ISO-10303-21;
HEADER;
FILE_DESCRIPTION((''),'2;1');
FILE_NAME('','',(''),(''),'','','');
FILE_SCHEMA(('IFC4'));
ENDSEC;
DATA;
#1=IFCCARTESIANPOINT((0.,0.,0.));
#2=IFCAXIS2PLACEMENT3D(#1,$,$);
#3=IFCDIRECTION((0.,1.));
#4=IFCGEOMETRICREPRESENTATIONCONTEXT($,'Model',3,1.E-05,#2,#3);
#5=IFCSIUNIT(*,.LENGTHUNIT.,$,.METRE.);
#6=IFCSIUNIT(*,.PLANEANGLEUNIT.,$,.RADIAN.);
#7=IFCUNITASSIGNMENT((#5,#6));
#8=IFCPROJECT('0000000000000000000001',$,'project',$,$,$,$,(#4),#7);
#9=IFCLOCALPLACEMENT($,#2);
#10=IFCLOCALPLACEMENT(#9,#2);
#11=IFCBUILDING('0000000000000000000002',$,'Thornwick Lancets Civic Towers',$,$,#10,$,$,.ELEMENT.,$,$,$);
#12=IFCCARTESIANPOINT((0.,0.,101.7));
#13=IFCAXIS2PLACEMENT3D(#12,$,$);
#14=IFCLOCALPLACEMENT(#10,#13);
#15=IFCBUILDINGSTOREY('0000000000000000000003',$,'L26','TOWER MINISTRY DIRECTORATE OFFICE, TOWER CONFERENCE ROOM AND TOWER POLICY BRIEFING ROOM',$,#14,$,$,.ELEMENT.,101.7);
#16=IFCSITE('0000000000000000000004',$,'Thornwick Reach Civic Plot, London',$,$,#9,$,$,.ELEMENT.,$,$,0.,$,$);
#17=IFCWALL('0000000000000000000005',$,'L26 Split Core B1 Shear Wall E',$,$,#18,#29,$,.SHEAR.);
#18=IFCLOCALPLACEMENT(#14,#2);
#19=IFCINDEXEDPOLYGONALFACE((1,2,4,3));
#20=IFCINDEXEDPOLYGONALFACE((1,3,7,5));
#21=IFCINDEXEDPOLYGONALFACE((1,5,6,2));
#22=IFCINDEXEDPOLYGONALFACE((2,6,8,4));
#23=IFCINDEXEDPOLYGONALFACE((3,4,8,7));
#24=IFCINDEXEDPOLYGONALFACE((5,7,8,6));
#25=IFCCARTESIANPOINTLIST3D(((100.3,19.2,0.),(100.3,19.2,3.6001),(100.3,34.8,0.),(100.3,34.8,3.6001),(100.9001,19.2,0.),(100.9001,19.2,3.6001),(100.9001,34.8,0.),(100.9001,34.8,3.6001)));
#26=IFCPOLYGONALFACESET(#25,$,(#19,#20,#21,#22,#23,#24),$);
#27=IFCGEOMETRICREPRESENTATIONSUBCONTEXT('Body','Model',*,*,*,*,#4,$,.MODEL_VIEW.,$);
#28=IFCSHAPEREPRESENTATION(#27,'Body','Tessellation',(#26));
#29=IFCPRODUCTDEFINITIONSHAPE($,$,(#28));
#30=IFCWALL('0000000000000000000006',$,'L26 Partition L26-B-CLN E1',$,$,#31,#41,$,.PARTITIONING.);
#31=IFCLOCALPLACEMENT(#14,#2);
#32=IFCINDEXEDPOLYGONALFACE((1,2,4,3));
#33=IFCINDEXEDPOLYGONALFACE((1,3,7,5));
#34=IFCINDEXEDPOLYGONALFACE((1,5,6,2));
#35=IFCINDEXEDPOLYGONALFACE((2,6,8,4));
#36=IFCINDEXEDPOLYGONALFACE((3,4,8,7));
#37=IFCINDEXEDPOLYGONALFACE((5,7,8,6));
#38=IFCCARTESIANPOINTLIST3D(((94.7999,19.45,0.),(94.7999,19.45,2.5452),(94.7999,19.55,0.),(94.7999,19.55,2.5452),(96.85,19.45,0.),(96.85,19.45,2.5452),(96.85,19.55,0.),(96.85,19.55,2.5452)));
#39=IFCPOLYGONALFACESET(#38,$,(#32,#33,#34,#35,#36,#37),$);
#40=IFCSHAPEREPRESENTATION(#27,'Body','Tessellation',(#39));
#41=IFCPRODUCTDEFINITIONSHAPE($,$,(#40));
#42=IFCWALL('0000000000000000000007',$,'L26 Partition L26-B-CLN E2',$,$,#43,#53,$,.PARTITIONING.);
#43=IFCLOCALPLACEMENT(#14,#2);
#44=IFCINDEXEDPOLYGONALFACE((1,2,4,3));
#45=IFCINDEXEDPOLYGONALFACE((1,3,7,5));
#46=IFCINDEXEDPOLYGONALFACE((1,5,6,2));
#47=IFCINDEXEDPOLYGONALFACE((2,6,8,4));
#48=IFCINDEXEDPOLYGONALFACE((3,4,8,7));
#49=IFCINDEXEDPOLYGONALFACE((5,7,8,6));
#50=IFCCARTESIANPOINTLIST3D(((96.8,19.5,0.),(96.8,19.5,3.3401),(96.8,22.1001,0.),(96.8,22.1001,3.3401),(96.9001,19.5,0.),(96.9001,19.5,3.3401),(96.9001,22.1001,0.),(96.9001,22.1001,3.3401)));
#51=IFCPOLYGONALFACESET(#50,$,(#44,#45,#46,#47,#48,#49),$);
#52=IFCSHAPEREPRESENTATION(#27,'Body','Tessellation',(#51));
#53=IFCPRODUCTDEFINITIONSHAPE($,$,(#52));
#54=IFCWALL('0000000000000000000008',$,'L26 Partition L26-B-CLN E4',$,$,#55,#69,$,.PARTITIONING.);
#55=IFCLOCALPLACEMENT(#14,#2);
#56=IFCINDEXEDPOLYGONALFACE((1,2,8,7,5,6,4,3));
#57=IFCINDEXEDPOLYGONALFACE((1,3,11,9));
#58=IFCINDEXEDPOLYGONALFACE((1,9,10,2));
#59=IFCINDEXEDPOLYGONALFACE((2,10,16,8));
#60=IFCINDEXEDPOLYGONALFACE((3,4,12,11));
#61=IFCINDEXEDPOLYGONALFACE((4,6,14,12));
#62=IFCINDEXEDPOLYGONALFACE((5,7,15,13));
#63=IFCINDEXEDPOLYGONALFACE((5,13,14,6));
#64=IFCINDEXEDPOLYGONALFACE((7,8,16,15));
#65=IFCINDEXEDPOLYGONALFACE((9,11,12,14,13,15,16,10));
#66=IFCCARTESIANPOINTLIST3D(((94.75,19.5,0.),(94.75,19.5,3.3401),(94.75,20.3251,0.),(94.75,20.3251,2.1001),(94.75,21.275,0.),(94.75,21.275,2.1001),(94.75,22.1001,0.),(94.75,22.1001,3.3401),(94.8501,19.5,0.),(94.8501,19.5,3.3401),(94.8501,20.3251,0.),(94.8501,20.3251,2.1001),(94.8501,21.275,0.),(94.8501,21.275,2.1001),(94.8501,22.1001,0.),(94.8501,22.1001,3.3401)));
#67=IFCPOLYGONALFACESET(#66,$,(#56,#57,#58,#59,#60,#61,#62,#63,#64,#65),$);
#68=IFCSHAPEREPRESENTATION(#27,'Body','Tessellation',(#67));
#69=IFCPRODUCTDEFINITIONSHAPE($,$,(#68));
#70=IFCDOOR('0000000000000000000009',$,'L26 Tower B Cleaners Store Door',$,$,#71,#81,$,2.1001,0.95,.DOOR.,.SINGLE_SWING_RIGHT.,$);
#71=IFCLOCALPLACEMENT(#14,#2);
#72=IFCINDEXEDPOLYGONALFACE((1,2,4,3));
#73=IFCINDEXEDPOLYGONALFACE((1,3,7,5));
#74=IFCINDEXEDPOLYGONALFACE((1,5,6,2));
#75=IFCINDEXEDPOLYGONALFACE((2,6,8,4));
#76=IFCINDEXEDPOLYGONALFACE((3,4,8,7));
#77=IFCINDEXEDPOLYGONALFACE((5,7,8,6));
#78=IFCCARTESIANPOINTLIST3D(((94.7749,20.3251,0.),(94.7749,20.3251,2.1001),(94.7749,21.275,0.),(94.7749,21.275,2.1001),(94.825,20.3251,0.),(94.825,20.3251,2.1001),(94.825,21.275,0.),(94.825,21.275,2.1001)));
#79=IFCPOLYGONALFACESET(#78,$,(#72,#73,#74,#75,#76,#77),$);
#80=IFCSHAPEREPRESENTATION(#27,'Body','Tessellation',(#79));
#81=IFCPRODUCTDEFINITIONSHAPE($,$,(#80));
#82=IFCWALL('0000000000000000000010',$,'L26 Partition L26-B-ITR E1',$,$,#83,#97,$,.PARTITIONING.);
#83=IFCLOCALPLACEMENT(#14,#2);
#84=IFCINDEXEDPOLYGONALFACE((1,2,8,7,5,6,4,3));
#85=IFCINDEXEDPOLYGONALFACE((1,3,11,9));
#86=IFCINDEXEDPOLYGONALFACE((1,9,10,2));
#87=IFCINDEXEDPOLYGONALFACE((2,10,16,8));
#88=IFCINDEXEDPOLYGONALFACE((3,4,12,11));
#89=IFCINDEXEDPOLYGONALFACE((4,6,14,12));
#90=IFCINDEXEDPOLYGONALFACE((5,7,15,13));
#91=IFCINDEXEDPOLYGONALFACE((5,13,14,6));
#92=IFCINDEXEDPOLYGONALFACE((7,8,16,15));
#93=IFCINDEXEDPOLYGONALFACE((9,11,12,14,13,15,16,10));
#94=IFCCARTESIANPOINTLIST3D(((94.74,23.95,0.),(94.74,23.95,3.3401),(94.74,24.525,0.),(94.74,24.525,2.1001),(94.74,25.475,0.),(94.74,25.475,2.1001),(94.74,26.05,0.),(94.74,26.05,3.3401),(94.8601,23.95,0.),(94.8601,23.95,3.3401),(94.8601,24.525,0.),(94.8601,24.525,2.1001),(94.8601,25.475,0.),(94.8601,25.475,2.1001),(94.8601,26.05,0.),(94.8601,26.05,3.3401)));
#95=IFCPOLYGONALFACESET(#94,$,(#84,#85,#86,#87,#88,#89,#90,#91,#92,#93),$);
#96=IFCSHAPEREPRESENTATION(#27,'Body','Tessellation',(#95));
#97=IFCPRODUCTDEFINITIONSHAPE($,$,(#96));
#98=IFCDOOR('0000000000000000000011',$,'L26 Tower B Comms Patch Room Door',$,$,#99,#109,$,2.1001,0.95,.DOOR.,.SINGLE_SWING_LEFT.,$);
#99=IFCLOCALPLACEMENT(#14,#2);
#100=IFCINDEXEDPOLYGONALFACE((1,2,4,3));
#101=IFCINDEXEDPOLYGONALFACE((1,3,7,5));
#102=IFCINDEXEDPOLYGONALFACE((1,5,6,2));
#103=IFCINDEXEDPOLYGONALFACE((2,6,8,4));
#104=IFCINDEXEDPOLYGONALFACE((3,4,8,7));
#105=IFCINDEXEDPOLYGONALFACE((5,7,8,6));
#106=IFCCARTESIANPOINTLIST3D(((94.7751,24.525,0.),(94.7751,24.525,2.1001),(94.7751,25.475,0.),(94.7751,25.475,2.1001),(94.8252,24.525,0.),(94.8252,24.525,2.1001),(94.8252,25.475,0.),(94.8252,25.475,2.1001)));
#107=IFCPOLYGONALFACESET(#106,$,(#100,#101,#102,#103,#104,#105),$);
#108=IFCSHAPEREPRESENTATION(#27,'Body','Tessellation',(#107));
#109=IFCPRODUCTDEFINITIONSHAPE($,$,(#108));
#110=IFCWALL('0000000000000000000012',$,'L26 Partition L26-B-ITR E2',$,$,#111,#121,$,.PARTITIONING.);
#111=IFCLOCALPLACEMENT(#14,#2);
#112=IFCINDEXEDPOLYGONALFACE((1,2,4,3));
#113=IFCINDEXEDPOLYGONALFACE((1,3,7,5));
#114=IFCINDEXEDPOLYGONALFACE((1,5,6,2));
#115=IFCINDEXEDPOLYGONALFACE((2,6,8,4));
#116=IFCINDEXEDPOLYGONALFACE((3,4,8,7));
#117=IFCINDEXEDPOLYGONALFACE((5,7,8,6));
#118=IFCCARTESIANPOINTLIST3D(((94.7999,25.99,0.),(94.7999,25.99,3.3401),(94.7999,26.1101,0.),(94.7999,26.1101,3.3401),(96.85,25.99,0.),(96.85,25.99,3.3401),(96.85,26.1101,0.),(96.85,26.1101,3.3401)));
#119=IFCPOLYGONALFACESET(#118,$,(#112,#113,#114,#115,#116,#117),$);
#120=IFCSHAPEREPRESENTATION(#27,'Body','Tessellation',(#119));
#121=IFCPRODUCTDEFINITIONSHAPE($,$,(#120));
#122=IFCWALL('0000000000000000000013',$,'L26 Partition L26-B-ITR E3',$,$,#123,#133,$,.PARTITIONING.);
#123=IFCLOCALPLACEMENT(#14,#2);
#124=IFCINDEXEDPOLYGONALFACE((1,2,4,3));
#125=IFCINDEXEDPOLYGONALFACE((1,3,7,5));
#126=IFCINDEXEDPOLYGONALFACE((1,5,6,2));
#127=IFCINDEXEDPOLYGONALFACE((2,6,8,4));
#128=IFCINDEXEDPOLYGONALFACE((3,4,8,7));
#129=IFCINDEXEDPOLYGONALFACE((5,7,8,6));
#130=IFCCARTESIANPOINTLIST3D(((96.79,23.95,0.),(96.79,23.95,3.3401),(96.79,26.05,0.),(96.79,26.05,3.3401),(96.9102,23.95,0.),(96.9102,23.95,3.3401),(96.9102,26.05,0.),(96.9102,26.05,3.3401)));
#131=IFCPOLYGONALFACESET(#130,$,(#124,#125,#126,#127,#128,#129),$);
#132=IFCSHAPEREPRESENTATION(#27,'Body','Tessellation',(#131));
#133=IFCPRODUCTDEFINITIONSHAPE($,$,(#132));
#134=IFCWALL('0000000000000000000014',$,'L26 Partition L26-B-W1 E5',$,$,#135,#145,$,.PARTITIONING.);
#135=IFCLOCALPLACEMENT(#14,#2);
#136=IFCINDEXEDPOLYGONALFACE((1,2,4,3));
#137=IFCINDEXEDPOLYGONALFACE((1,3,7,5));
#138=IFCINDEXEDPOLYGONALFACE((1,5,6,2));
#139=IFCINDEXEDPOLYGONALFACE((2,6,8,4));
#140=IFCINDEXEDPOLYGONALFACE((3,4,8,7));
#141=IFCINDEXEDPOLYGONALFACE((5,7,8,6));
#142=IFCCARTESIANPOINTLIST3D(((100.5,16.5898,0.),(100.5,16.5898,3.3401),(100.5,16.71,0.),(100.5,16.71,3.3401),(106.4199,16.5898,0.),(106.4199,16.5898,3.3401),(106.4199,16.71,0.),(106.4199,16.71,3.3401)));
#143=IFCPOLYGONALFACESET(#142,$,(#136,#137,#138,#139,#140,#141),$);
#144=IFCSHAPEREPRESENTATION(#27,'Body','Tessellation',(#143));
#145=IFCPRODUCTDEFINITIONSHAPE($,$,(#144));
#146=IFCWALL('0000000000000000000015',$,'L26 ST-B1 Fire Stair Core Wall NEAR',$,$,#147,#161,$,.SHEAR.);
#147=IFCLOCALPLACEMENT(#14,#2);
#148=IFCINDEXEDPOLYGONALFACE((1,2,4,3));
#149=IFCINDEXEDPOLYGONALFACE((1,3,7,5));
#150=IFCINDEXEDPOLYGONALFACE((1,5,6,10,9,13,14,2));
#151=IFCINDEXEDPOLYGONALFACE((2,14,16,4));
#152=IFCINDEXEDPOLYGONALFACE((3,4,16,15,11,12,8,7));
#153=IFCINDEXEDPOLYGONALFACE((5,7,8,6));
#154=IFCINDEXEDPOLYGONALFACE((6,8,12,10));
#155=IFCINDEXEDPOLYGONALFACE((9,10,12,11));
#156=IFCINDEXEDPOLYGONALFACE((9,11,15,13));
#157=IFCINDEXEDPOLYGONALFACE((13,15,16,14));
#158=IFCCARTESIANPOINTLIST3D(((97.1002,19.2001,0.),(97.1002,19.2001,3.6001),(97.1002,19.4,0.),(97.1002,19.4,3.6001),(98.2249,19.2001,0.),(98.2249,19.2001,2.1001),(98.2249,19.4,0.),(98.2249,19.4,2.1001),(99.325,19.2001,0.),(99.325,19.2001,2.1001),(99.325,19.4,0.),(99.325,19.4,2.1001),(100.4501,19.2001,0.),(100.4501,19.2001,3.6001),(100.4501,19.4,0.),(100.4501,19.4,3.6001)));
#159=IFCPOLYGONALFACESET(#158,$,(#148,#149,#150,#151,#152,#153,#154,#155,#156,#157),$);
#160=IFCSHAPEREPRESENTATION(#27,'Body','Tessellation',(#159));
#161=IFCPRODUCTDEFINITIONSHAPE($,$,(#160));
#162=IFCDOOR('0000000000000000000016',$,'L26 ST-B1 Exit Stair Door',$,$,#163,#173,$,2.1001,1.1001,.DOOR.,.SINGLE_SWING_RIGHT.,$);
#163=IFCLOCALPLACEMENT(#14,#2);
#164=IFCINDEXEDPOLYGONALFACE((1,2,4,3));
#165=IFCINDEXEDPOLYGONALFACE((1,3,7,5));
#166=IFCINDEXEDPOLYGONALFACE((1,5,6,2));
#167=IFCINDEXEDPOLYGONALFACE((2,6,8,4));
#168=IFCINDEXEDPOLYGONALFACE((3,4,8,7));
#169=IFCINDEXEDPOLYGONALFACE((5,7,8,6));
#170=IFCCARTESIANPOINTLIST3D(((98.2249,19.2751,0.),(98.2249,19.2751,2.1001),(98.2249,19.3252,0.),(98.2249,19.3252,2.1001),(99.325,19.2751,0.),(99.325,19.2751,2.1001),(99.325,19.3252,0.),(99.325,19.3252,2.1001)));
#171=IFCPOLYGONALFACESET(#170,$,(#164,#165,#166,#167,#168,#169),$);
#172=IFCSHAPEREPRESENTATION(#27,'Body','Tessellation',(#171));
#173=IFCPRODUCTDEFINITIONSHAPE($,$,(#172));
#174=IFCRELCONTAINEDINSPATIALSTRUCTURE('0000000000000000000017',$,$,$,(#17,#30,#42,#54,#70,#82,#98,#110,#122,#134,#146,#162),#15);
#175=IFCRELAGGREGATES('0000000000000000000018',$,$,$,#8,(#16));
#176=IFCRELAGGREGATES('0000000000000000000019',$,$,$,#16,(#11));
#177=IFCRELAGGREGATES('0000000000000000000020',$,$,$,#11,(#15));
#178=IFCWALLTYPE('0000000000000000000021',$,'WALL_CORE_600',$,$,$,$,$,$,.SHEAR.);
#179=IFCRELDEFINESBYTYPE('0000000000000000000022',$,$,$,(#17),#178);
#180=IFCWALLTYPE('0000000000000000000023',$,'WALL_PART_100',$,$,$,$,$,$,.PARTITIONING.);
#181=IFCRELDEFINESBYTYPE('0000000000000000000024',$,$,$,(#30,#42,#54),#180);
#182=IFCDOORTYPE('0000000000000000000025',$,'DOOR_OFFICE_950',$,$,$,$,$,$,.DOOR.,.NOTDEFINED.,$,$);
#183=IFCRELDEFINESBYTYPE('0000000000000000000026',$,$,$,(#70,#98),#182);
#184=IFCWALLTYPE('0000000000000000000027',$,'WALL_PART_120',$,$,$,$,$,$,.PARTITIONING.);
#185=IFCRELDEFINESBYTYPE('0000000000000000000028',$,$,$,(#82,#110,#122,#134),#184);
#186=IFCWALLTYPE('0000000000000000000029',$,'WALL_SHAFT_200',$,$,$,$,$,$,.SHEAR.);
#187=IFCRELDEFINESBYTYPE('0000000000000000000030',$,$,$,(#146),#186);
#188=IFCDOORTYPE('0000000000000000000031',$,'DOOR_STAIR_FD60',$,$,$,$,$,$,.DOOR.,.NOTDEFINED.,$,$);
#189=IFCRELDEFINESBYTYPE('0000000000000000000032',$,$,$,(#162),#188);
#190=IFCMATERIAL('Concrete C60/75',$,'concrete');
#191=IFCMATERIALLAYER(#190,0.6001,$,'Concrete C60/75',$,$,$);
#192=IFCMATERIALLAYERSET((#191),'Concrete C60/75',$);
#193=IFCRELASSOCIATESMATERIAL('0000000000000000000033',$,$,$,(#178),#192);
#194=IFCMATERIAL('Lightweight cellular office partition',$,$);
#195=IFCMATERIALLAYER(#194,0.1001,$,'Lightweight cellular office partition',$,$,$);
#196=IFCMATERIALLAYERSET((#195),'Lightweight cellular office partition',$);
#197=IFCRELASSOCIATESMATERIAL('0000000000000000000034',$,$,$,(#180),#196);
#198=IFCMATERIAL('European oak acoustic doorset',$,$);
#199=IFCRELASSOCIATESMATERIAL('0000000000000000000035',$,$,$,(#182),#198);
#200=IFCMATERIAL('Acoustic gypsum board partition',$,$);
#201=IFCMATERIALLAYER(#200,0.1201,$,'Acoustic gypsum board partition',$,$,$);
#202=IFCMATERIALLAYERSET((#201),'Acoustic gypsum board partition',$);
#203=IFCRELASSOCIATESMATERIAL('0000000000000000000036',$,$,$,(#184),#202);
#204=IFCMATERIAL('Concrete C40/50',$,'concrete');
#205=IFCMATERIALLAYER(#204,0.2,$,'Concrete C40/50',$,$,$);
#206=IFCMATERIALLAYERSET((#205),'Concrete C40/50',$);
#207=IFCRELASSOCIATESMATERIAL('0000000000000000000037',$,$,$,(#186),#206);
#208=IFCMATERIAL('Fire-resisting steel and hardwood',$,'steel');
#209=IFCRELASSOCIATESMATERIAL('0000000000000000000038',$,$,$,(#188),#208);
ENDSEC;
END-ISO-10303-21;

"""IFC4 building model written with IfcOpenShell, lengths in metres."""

from ifc_helpers import new_model, si_unit, direction, frame, frame_2d, origin, place, context, subcontext, project, spatial, rectangle, extrude, material, layer, layer_set, type_object, element, fill, save


model = new_model("IFC4")

# Units and contexts
model_context = context("Model", 3, precision=1e-05, world=origin(), true_north=direction((0.0, 1.0)))
body_context = subcontext(model_context, "Body", "Model", "MODEL_VIEW")
ifc_project = project(units=[si_unit("LENGTHUNIT", "METRE"), si_unit("PLANEANGLEUNIT", "RADIAN")], contexts=[model_context])

# Site, building, storey
site_placement = place(None, origin())
site = spatial("IfcSite", under=ifc_project, at=site_placement, Name="Thornwick Reach Civic Plot, London", CompositionType="ELEMENT", RefElevation=0.0)
building_placement = place(site_placement, origin())
building = spatial("IfcBuilding", under=site, at=building_placement, Name="Thornwick Lancets Civic Towers", CompositionType="ELEMENT")
storey_placement = place(building_placement, frame((0.0, 0.0, 101.7)))
storey = spatial("IfcBuildingStorey", under=building, at=storey_placement, Name="L26", Description="TOWER MINISTRY DIRECTORATE OFFICE, TOWER CONFERENCE ROOM AND TOWER POLICY BRIEFING ROOM", CompositionType="ELEMENT", Elevation=101.7)

# Shared definitions
ifc_material_1 = material(Name="Concrete C60/75", Category="concrete")

# Shared definitions
ifc_material_2 = material(Name="Concrete C40/50", Category="concrete")

# Walls
ifc_layer_1 = layer(ifc_material_1, 0.6001, Name="Concrete C60/75")
ifc_layer_set_1 = layer_set([ifc_layer_1], Name="Concrete C60/75")
wall_type_1 = type_object("IfcWallType", Name="WALL_CORE_600", PredefinedType="SHEAR", material=ifc_layer_set_1)
wall_1_placement = place(storey_placement, frame((100.6001, 19.2, 0.0), z_axis=(0.0, 0.0, 1.0), x_axis=(0.0, 1.0, 0.0)))
element("IfcWall", 1, at=wall_1_placement, inside=storey, type_object=wall_type_1, Name="L26 Split Core B1 Shear Wall E", PredefinedType="SHEAR", context=body_context, shape_type="SweptSolid", body=[
    extrude(rectangle(XDim=15.6001, YDim=0.6001, at=frame_2d((7.8, 0.0))), origin(), (0.0, 0.0, 1.0), 3.6001),
])
ifc_material_3 = material(Name="Lightweight cellular office partition")
ifc_layer_2 = layer(ifc_material_3, 0.1001, Name="Lightweight cellular office partition")
ifc_layer_set_2 = layer_set([ifc_layer_2], Name="Lightweight cellular office partition")
wall_type_2 = type_object("IfcWallType", Name="WALL_PART_100", PredefinedType="PARTITIONING", material=ifc_layer_set_2)
wall_2_placement = place(storey_placement, frame((94.8, 19.5, 0.0), z_axis=(0.0, 0.0, 1.0), x_axis=(1.0, 0.0, 0.0)))
element("IfcWall", 2, at=wall_2_placement, inside=storey, type_object=wall_type_2, Name="L26 Partition L26-B-CLN E1", PredefinedType="PARTITIONING", context=body_context, shape_type="SweptSolid", body=[
    extrude(rectangle(XDim=2.05, YDim=0.1001, at=frame_2d((1.0249, 0.0))), origin(), (0.0, 0.0, 1.0), 2.5452),
])
wall_3_placement = place(storey_placement, frame((96.8501, 19.5, 0.0), z_axis=(0.0, 0.0, 1.0), x_axis=(0.0, 1.0, 0.0)))
element("IfcWall", 3, at=wall_3_placement, inside=storey, type_object=wall_type_2, Name="L26 Partition L26-B-CLN E2", PredefinedType="PARTITIONING", context=body_context, shape_type="SweptSolid", body=[
    extrude(rectangle(XDim=2.6001, YDim=0.1001, at=frame_2d((1.3, 0.0))), origin(), (0.0, 0.0, 1.0), 3.3401),
])

# Walls, openings, doors
wall_4_placement = place(storey_placement, frame((94.8, 22.1001, 0.0), z_axis=(0.0, 0.0, 1.0), x_axis=(0.0, -1.0, 0.0)))
wall_4 = element("IfcWall", 4, at=wall_4_placement, inside=storey, type_object=wall_type_2, Name="L26 Partition L26-B-CLN E4", PredefinedType="PARTITIONING", context=body_context, shape_type="SweptSolid", body=[
    extrude(rectangle(XDim=2.6001, YDim=0.1001, at=frame_2d((1.3, 0.0))), origin(), (0.0, 0.0, 1.0), 3.3401),
])
opening_1_placement = place(wall_4_placement, frame((0.825, 0.0, 0.0)))
opening_1 = element("IfcOpeningElement", 5, at=opening_1_placement, cuts=wall_4, PredefinedType="OPENING", context=body_context, shape_type="SweptSolid", body=[
    extrude(rectangle(XDim=0.95, YDim=2.1001, at=frame_2d((0.4751, 1.05))), frame((0.0, 0.0601, 0.0), z_axis=(0.0, -1.0, 0.0), x_axis=(1.0, 0.0, 0.0)), (0.0, 0.0, 1.0), 0.1201),
])
ifc_material_4 = material(Name="European oak acoustic doorset")
door_type_1 = type_object("IfcDoorType", Name="DOOR_OFFICE_950", OperationType="NOTDEFINED", PredefinedType="DOOR", material=ifc_material_4)
door_1_placement = place(opening_1_placement, origin())
door_1 = element("IfcDoor", 6, at=door_1_placement, inside=storey, type_object=door_type_1, Name="L26 Tower B Cleaners Store Door", OperationType="SINGLE_SWING_RIGHT", OverallHeight=2.1001, OverallWidth=0.95, PredefinedType="DOOR", context=body_context, shape_type="SweptSolid", body=[
    extrude(rectangle(XDim=0.95, YDim=2.1001, at=frame_2d((0.4751, 1.05))), frame((0.0, 0.0249, 0.0), z_axis=(0.0, -1.0, 0.0), x_axis=(1.0, 0.0, 0.0)), (0.0, 0.0, 1.0), 0.05),
])
fill(opening_1, door_1)
ifc_material_5 = material(Name="Acoustic gypsum board partition")
ifc_layer_3 = layer(ifc_material_5, 0.1201, Name="Acoustic gypsum board partition")
ifc_layer_set_3 = layer_set([ifc_layer_3], Name="Acoustic gypsum board partition")
wall_type_3 = type_object("IfcWallType", Name="WALL_PART_120", PredefinedType="PARTITIONING", material=ifc_layer_set_3)
wall_5_placement = place(storey_placement, frame((94.8, 23.95, 0.0), z_axis=(0.0, 0.0, 1.0), x_axis=(0.0, 1.0, 0.0)))
wall_5 = element("IfcWall", 7, at=wall_5_placement, inside=storey, type_object=wall_type_3, Name="L26 Partition L26-B-ITR E1", PredefinedType="PARTITIONING", context=body_context, shape_type="SweptSolid", body=[
    extrude(rectangle(XDim=2.1001, YDim=0.1201, at=frame_2d((1.05, 0.0))), origin(), (0.0, 0.0, 1.0), 3.3401),
])
opening_2_placement = place(wall_5_placement, frame((0.575, 0.0, 0.0)))
opening_2 = element("IfcOpeningElement", 8, at=opening_2_placement, cuts=wall_5, PredefinedType="OPENING", context=body_context, shape_type="SweptSolid", body=[
    extrude(rectangle(XDim=0.95, YDim=2.1001, at=frame_2d((0.4751, 1.05))), frame((0.0, 0.0701, 0.0), z_axis=(0.0, -1.0, 0.0), x_axis=(1.0, 0.0, 0.0)), (0.0, 0.0, 1.0), 0.1401),
])
door_2_placement = place(opening_2_placement, origin())
door_2 = element("IfcDoor", 9, at=door_2_placement, inside=storey, type_object=door_type_1, Name="L26 Tower B Comms Patch Room Door", OperationType="SINGLE_SWING_LEFT", OverallHeight=2.1001, OverallWidth=0.95, PredefinedType="DOOR", context=body_context, shape_type="SweptSolid", body=[
    extrude(rectangle(XDim=0.95, YDim=2.1001, at=frame_2d((0.4751, 1.05))), frame((0.0, 0.0249, 0.0), z_axis=(0.0, -1.0, 0.0), x_axis=(1.0, 0.0, 0.0)), (0.0, 0.0, 1.0), 0.05),
])
fill(opening_2, door_2)

# Walls
wall_6_placement = place(storey_placement, frame((94.8, 26.05, 0.0), z_axis=(0.0, 0.0, 1.0), x_axis=(1.0, 0.0, 0.0)))
element("IfcWall", 10, at=wall_6_placement, inside=storey, type_object=wall_type_3, Name="L26 Partition L26-B-ITR E2", PredefinedType="PARTITIONING", context=body_context, shape_type="SweptSolid", body=[
    extrude(rectangle(XDim=2.05, YDim=0.1201, at=frame_2d((1.0249, 0.0))), origin(), (0.0, 0.0, 1.0), 3.3401),
])
wall_7_placement = place(storey_placement, frame((96.8501, 26.05, 0.0), z_axis=(0.0, 0.0, 1.0), x_axis=(0.0, -1.0, 0.0)))
element("IfcWall", 11, at=wall_7_placement, inside=storey, type_object=wall_type_3, Name="L26 Partition L26-B-ITR E3", PredefinedType="PARTITIONING", context=body_context, shape_type="SweptSolid", body=[
    extrude(rectangle(XDim=2.1001, YDim=0.1201, at=frame_2d((1.05, 0.0))), origin(), (0.0, 0.0, 1.0), 3.3401),
])
wall_8_placement = place(storey_placement, frame((100.5, 16.6499, 0.0), z_axis=(0.0, 0.0, 1.0), x_axis=(1.0, 0.0, 0.0)))
element("IfcWall", 12, at=wall_8_placement, inside=storey, type_object=wall_type_3, Name="L26 Partition L26-B-W1 E5", PredefinedType="PARTITIONING", context=body_context, shape_type="SweptSolid", body=[
    extrude(rectangle(XDim=5.9199, YDim=0.1201, at=frame_2d((2.96, 0.0))), origin(), (0.0, 0.0, 1.0), 3.3401),
])

# Wall, opening, door
ifc_layer_4 = layer(ifc_material_2, 0.2, Name="Concrete C40/50")
ifc_layer_set_4 = layer_set([ifc_layer_4], Name="Concrete C40/50")
wall_type_4 = type_object("IfcWallType", Name="WALL_SHAFT_200", PredefinedType="SHEAR", material=ifc_layer_set_4)
wall_9_placement = place(storey_placement, frame((100.45, 19.3, 0.0), z_axis=(0.0, 0.0, 1.0), x_axis=(-1.0, 0.0, 0.0)))
wall_9 = element("IfcWall", 13, at=wall_9_placement, inside=storey, type_object=wall_type_4, Name="L26 ST-B1 Fire Stair Core Wall NEAR", PredefinedType="SHEAR", context=body_context, shape_type="SweptSolid", body=[
    extrude(rectangle(XDim=3.3499, YDim=0.2, at=frame_2d((1.6748, 0.0))), origin(), (0.0, 0.0, 1.0), 3.6001),
])
opening_3_placement = place(wall_9_placement, frame((1.125, 0.0, 0.0)))
opening_3 = element("IfcOpeningElement", 14, at=opening_3_placement, cuts=wall_9, PredefinedType="OPENING", context=body_context, shape_type="SweptSolid", body=[
    extrude(rectangle(XDim=1.1001, YDim=2.1001, at=frame_2d((0.55, 1.05))), frame((0.0, 0.1099, 0.0), z_axis=(0.0, -1.0, 0.0), x_axis=(1.0, 0.0, 0.0)), (0.0, 0.0, 1.0), 0.22),
])
ifc_material_6 = material(Name="Fire-resisting steel and hardwood", Category="steel")
door_type_2 = type_object("IfcDoorType", Name="DOOR_STAIR_FD60", OperationType="NOTDEFINED", PredefinedType="DOOR", material=ifc_material_6)
door_3_placement = place(opening_3_placement, origin())
door_3 = element("IfcDoor", 15, at=door_3_placement, inside=storey, type_object=door_type_2, Name="L26 ST-B1 Exit Stair Door", OperationType="SINGLE_SWING_RIGHT", OverallHeight=2.1001, OverallWidth=1.1001, PredefinedType="DOOR", context=body_context, shape_type="SweptSolid", body=[
    extrude(rectangle(XDim=1.1001, YDim=2.1001, at=frame_2d((0.55, 1.05))), frame((0.0, 0.0249, 0.0), z_axis=(0.0, -1.0, 0.0), x_axis=(1.0, 0.0, 0.0)), (0.0, 0.0, 1.0), 0.05),
])
fill(opening_3, door_3)

save(model, "model.ifc")
